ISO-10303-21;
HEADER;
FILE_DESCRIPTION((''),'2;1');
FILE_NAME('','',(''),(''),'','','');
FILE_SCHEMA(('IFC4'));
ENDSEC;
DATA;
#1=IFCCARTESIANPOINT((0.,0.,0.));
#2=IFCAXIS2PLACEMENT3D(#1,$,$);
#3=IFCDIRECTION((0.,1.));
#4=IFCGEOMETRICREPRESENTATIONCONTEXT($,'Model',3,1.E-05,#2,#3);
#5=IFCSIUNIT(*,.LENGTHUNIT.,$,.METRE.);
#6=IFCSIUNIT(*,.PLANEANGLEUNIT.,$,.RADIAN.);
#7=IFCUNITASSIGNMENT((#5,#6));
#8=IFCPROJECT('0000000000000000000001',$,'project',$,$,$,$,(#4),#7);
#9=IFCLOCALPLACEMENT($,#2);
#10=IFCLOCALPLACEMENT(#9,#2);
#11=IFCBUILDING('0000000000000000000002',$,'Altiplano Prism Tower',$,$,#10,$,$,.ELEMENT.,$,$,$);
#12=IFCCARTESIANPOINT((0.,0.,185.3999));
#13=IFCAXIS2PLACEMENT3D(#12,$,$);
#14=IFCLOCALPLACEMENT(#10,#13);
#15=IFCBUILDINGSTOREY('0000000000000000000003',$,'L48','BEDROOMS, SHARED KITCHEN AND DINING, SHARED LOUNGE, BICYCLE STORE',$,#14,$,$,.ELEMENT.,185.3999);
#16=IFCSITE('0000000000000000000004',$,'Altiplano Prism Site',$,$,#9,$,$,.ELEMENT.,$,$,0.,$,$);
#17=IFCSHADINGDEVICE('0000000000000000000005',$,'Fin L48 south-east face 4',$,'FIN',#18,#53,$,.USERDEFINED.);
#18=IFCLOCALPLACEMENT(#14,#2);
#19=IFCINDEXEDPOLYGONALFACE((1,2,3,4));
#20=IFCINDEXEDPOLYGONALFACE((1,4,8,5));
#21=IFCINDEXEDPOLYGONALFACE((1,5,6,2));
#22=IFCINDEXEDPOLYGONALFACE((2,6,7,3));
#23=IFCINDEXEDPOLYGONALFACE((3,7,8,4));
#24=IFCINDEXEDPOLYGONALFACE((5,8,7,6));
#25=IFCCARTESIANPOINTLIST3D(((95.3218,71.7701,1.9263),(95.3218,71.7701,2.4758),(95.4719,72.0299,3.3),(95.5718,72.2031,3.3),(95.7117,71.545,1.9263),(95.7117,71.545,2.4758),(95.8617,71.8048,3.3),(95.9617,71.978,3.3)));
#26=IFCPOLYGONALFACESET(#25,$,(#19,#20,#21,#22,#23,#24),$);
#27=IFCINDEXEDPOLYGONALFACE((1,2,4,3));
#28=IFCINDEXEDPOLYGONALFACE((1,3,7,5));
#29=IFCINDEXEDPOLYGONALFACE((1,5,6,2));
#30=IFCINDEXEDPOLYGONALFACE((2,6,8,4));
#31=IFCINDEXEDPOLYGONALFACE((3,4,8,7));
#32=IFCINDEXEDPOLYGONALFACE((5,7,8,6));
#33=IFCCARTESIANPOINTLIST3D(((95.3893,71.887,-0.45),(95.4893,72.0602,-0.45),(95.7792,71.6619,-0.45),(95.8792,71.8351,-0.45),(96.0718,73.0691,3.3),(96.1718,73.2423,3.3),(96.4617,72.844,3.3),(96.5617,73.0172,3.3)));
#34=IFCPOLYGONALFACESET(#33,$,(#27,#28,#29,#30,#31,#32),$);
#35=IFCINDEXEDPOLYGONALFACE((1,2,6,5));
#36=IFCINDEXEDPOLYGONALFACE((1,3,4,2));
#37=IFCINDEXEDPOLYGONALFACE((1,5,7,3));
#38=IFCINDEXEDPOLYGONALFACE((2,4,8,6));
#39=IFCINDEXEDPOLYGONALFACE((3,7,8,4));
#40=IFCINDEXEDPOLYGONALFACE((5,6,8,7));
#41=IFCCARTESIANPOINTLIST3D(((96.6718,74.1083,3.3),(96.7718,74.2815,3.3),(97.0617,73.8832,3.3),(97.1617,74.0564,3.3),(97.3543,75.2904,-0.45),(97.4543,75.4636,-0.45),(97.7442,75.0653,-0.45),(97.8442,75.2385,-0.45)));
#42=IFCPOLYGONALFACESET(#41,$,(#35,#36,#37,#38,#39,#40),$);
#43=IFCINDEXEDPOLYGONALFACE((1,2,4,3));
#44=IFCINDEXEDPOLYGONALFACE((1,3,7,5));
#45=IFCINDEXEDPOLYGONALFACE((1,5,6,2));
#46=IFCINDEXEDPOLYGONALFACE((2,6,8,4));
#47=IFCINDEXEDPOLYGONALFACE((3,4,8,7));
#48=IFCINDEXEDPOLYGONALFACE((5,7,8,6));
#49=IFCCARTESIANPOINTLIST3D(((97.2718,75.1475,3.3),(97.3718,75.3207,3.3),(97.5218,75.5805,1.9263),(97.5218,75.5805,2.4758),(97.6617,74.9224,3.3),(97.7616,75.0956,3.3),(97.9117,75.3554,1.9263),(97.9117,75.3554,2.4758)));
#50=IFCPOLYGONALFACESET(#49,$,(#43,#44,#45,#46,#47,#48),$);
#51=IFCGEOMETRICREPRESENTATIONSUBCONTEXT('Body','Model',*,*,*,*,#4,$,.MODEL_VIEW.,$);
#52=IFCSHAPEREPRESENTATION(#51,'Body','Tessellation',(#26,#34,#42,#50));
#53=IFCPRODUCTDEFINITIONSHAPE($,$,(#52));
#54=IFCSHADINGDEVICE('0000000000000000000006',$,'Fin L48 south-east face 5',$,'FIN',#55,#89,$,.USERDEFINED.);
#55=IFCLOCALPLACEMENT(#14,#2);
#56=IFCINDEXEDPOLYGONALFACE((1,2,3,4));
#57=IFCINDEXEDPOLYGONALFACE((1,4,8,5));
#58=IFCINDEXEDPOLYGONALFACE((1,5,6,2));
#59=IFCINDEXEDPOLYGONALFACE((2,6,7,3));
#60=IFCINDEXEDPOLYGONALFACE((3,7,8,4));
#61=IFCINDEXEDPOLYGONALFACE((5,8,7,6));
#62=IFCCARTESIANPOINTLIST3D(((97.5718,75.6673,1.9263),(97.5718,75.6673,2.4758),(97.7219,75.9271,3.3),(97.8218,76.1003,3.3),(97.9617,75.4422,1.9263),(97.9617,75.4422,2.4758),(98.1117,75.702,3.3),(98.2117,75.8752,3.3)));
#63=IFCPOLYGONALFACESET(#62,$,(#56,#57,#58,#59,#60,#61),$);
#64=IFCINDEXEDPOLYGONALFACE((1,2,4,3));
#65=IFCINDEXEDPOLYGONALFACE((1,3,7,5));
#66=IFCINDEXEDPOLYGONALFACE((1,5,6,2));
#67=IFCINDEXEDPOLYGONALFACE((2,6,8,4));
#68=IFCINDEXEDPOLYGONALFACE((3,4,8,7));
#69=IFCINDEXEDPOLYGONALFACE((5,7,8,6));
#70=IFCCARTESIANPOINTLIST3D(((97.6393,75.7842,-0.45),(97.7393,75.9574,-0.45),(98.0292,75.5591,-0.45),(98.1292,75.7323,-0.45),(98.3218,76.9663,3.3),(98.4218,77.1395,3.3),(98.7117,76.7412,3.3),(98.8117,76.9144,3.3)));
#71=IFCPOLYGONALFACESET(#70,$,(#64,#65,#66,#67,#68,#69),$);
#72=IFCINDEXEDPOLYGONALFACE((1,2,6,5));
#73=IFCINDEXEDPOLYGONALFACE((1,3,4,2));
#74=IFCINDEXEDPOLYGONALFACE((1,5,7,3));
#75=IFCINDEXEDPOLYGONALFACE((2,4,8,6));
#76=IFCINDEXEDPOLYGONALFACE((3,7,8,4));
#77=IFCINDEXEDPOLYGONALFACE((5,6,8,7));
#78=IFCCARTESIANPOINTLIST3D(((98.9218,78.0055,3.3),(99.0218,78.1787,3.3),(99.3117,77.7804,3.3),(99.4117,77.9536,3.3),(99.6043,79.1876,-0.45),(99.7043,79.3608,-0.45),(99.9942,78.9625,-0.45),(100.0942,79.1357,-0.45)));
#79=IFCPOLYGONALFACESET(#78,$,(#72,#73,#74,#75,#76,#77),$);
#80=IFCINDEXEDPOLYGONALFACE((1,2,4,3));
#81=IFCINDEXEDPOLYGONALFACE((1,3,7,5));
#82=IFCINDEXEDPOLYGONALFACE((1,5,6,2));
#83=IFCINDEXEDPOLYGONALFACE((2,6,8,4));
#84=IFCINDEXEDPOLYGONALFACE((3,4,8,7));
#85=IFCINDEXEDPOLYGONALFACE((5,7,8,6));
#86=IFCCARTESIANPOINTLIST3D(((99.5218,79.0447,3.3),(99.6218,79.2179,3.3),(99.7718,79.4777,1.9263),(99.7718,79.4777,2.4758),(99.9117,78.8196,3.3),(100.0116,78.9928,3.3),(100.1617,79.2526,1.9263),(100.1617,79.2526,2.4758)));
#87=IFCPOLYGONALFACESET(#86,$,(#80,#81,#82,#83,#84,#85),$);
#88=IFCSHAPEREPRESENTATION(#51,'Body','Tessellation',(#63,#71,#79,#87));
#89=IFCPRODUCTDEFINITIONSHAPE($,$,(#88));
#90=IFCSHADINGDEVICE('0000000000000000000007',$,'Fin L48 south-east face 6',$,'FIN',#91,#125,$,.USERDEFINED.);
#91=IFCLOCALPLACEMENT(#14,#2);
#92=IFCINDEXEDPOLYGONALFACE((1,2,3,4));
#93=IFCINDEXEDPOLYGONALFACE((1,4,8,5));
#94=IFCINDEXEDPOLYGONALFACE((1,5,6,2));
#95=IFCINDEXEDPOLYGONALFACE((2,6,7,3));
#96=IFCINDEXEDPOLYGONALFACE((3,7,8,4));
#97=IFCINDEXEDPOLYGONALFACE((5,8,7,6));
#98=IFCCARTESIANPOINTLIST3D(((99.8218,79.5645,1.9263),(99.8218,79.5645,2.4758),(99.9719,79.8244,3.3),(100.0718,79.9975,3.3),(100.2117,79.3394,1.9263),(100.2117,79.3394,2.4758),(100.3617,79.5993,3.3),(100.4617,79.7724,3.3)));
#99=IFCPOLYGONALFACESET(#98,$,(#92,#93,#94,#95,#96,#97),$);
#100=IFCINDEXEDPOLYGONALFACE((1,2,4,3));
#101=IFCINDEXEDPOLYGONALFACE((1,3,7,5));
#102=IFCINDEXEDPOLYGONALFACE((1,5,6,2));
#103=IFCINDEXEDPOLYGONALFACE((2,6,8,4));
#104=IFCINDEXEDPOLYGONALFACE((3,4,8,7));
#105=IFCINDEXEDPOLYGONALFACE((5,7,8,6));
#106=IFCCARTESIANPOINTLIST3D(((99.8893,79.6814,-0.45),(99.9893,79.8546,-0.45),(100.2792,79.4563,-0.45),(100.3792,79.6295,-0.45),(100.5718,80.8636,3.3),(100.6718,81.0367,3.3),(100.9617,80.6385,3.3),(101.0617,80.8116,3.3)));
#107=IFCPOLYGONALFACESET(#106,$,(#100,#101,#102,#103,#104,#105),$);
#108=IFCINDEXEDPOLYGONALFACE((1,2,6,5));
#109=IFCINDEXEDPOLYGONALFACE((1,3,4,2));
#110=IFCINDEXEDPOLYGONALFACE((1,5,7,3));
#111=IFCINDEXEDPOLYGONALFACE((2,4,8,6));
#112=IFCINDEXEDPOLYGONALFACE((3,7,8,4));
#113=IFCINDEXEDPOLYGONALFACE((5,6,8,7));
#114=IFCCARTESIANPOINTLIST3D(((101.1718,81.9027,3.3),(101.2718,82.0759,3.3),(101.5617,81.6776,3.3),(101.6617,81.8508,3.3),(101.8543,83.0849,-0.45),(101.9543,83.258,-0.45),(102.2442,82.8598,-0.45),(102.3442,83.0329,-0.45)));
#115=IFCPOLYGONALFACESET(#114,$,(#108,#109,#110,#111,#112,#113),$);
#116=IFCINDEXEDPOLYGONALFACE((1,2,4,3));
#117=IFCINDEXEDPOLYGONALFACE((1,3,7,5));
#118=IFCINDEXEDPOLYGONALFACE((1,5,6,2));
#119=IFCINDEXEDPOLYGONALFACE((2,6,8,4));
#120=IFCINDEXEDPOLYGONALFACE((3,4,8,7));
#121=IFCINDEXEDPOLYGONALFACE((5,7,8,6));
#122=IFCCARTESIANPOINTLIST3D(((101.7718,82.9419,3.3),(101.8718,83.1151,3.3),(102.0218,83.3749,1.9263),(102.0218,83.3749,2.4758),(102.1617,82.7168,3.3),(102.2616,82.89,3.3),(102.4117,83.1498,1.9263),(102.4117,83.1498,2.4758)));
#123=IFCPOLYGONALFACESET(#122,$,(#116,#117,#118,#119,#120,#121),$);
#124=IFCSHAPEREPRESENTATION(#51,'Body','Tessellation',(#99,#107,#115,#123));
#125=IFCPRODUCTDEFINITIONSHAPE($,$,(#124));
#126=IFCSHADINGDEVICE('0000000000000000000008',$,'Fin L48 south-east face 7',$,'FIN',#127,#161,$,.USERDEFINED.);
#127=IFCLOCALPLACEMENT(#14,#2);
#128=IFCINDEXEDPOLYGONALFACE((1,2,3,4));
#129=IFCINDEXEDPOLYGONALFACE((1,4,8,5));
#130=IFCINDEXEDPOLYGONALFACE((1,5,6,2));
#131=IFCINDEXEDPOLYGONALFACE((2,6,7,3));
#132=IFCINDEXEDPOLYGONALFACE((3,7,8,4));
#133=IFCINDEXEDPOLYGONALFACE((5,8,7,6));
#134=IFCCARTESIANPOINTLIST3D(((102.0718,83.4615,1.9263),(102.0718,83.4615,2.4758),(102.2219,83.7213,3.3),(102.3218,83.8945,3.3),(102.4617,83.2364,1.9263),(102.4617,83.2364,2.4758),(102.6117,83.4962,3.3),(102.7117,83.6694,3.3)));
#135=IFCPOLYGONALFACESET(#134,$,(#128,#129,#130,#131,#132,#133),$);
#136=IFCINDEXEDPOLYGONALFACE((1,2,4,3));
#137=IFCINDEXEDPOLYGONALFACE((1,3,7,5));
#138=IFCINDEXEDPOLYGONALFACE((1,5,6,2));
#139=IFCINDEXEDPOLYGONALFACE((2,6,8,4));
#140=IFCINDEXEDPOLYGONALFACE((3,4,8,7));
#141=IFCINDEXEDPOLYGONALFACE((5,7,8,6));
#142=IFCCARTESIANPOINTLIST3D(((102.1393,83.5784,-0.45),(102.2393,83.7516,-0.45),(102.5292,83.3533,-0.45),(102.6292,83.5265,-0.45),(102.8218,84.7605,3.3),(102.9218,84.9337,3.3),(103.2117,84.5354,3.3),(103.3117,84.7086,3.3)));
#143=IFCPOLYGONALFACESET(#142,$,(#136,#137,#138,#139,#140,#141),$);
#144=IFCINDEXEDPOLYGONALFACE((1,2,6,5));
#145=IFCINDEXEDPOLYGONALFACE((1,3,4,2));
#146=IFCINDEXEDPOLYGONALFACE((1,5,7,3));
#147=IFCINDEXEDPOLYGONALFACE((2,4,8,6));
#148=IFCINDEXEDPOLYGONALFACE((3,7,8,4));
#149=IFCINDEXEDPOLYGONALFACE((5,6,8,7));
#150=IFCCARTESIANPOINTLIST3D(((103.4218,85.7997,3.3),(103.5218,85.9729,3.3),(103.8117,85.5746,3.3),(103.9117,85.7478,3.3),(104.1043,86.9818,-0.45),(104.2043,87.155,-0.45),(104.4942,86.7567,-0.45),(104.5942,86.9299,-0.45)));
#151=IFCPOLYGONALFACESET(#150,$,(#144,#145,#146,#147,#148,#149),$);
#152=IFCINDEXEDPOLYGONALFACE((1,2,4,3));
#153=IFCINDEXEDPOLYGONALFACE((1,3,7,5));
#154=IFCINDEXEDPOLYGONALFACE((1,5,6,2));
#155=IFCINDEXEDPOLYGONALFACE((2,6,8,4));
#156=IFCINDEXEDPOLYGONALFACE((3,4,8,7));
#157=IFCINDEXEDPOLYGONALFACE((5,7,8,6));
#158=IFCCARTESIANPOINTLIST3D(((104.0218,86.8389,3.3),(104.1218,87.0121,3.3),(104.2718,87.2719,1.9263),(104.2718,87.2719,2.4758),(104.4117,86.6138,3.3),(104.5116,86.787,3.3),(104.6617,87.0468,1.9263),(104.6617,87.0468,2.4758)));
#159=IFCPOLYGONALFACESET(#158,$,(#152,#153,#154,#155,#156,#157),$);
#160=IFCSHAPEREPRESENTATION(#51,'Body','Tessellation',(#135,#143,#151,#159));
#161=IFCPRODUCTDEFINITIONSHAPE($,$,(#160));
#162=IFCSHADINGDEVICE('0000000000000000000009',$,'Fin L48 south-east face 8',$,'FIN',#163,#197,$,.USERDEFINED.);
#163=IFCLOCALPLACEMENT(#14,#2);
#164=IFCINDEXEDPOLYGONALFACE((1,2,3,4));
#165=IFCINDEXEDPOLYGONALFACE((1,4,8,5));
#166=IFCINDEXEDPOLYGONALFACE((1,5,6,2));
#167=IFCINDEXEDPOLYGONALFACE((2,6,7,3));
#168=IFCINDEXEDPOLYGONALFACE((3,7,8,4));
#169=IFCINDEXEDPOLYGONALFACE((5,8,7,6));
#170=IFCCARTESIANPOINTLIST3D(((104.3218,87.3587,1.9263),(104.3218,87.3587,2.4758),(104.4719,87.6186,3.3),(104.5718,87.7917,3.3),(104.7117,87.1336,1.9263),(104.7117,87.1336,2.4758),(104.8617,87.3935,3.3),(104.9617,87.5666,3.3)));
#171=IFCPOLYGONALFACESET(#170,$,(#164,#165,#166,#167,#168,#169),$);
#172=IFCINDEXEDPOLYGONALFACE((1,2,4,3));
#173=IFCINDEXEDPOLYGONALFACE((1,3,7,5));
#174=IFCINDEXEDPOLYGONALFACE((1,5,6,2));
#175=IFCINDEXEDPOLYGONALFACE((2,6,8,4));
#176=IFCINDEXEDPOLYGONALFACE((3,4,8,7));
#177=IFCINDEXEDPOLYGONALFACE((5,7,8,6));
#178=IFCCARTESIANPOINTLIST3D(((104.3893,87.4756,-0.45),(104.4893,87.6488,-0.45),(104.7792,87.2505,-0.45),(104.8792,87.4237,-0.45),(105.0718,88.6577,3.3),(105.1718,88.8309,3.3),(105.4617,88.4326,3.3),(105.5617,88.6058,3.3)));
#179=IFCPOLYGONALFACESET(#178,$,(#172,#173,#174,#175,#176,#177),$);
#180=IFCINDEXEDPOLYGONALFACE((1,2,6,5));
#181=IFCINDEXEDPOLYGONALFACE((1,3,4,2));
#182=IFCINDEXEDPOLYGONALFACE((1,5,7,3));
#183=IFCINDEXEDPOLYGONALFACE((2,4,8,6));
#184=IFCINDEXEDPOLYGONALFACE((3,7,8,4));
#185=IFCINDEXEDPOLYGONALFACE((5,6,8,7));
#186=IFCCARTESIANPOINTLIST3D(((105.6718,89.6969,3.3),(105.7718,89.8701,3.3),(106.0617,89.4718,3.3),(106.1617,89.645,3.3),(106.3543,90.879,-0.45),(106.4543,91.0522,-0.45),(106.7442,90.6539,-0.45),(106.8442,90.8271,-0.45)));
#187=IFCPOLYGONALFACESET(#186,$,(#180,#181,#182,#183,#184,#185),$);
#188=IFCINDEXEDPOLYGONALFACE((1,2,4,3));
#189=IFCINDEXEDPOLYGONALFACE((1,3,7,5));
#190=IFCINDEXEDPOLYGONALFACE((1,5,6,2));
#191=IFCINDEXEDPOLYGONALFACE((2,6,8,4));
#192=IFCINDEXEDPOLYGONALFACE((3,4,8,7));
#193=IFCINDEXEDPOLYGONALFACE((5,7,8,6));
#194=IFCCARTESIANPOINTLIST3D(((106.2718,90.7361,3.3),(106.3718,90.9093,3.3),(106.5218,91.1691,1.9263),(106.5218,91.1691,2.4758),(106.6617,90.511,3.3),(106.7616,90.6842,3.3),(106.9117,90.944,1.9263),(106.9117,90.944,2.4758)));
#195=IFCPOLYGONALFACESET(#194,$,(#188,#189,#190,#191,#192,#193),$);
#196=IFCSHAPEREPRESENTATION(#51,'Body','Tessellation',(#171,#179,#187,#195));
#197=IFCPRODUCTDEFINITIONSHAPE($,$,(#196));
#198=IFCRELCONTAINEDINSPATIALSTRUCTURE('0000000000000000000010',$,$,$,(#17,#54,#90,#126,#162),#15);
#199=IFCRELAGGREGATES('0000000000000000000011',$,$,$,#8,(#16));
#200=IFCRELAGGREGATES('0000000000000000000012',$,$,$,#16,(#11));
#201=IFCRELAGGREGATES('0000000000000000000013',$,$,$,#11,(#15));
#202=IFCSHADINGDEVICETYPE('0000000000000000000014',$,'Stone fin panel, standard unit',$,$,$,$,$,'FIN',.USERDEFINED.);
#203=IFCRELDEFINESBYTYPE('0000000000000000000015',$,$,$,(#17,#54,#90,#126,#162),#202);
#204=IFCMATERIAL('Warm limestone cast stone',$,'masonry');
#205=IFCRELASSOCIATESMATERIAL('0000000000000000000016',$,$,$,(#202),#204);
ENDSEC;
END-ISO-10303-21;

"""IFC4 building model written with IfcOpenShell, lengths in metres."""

from ifc_helpers import new_model, si_unit, direction, frame, origin, place, context, subcontext, project, spatial, polyline, outline, extrude, source, transform, mapped, material, type_object, element, save


model = new_model("IFC4")

# Units and contexts
model_context = context("Model", 3, precision=1e-05, world=origin(), true_north=direction((0.0, 1.0)))
body_context = subcontext(model_context, "Body", "Model", "MODEL_VIEW")
ifc_project = project(units=[si_unit("LENGTHUNIT", "METRE"), si_unit("PLANEANGLEUNIT", "RADIAN")], contexts=[model_context])

# Site, building, storey
site_placement = place(None, origin())
site = spatial("IfcSite", under=ifc_project, at=site_placement, Name="Altiplano Prism Site", CompositionType="ELEMENT", RefElevation=0.0)
building_placement = place(site_placement, origin())
building = spatial("IfcBuilding", under=site, at=building_placement, Name="Altiplano Prism Tower", CompositionType="ELEMENT")
storey_placement = place(building_placement, frame((0.0, 0.0, 185.3999)))
storey = spatial("IfcBuildingStorey", under=building, at=storey_placement, Name="L48", Description="BEDROOMS, SHARED KITCHEN AND DINING, SHARED LOUNGE, BICYCLE STORE", CompositionType="ELEMENT", Elevation=185.3999)

# Shading devices
ifc_material_1 = material(Name="Warm limestone cast stone", Category="masonry")
shading_device_type_1 = type_object("IfcShadingDeviceType", Name="Stone fin panel, standard unit", ElementType="FIN", PredefinedType="USERDEFINED", material=ifc_material_1)
shared_shape_1 = source(origin(), body_context, "Body", "SweptSolid", [
    extrude(outline(polyline([(-2.2, 2.3762), (-1.7, 3.75), (-1.8999, 3.75), (-2.2, 2.9258), (-2.2, 2.3762)])), frame((0.0, -0.1499, 0.0), z_axis=(0.0, -1.0, 0.0), x_axis=(1.0, 0.0, 0.0)), (0.0, 0.0, 1.0), 0.4502),
    extrude(outline(polyline([(-2.0649, 0.0), (-1.865, 0.0), (-0.5, 3.75), (-0.7, 3.75), (-2.0649, 0.0)])), frame((0.0, -0.1499, 0.0), z_axis=(0.0, -1.0, 0.0), x_axis=(1.0, 0.0, 0.0)), (0.0, 0.0, 1.0), 0.4502),
    extrude(outline(polyline([(1.865, 0.0), (2.0649, 0.0), (0.7, 3.75), (0.5, 3.75), (1.865, 0.0)])), frame((0.0, -0.1499, 0.0), z_axis=(0.0, -1.0, 0.0), x_axis=(1.0, 0.0, 0.0)), (0.0, 0.0, 1.0), 0.4502),
    extrude(outline(polyline([(2.2, 2.9258), (1.8999, 3.75), (1.7, 3.75), (2.2, 2.3762), (2.2, 2.9258)])), frame((0.0, -0.1499, 0.0), z_axis=(0.0, -1.0, 0.0), x_axis=(1.0, 0.0, 0.0)), (0.0, 0.0, 1.0), 0.4502),
])
shading_device_1_placement = place(storey_placement, origin())
element("IfcShadingDevice", 1, at=shading_device_1_placement, inside=storey, type_object=shading_device_type_1, Name="Fin L48 south-east face 4", ObjectType="FIN", PredefinedType="USERDEFINED", context=body_context, shape_type="MappedRepresentation", body=[
    mapped(shared_shape_1, transform((96.292, 73.7502, -0.45), x_axis=(0.5, 0.866025, 0.0), y_axis=(-0.866025, 0.5, 0.0), z_axis=(0.0, 0.0, 1.0))),
])
shading_device_2_placement = place(storey_placement, origin())
element("IfcShadingDevice", 2, at=shading_device_2_placement, inside=storey, type_object=shading_device_type_1, Name="Fin L48 south-east face 5", ObjectType="FIN", PredefinedType="USERDEFINED", context=body_context, shape_type="MappedRepresentation", body=[
    mapped(shared_shape_1, transform((98.542, 77.6475, -0.45), x_axis=(0.5, 0.866025, 0.0), y_axis=(-0.866025, 0.5, 0.0), z_axis=(0.0, 0.0, 1.0))),
])
shading_device_3_placement = place(storey_placement, origin())
element("IfcShadingDevice", 3, at=shading_device_3_placement, inside=storey, type_object=shading_device_type_1, Name="Fin L48 south-east face 6", ObjectType="FIN", PredefinedType="USERDEFINED", context=body_context, shape_type="MappedRepresentation", body=[
    mapped(shared_shape_1, transform((100.792, 81.5447, -0.45), x_axis=(0.5, 0.866025, 0.0), y_axis=(-0.866025, 0.5, 0.0), z_axis=(0.0, 0.0, 1.0))),
])
shading_device_4_placement = place(storey_placement, origin())
element("IfcShadingDevice", 4, at=shading_device_4_placement, inside=storey, type_object=shading_device_type_1, Name="Fin L48 south-east face 7", ObjectType="FIN", PredefinedType="USERDEFINED", context=body_context, shape_type="MappedRepresentation", body=[
    mapped(shared_shape_1, transform((103.042, 85.4417, -0.45), x_axis=(0.5, 0.866025, 0.0), y_axis=(-0.866025, 0.5, 0.0), z_axis=(0.0, 0.0, 1.0))),
])
shading_device_5_placement = place(storey_placement, origin())
element("IfcShadingDevice", 5, at=shading_device_5_placement, inside=storey, type_object=shading_device_type_1, Name="Fin L48 south-east face 8", ObjectType="FIN", PredefinedType="USERDEFINED", context=body_context, shape_type="MappedRepresentation", body=[
    mapped(shared_shape_1, transform((105.292, 89.3389, -0.45), x_axis=(0.5, 0.866025, 0.0), y_axis=(-0.866025, 0.5, 0.0), z_axis=(0.0, 0.0, 1.0))),
])

save(model, "model.ifc")
